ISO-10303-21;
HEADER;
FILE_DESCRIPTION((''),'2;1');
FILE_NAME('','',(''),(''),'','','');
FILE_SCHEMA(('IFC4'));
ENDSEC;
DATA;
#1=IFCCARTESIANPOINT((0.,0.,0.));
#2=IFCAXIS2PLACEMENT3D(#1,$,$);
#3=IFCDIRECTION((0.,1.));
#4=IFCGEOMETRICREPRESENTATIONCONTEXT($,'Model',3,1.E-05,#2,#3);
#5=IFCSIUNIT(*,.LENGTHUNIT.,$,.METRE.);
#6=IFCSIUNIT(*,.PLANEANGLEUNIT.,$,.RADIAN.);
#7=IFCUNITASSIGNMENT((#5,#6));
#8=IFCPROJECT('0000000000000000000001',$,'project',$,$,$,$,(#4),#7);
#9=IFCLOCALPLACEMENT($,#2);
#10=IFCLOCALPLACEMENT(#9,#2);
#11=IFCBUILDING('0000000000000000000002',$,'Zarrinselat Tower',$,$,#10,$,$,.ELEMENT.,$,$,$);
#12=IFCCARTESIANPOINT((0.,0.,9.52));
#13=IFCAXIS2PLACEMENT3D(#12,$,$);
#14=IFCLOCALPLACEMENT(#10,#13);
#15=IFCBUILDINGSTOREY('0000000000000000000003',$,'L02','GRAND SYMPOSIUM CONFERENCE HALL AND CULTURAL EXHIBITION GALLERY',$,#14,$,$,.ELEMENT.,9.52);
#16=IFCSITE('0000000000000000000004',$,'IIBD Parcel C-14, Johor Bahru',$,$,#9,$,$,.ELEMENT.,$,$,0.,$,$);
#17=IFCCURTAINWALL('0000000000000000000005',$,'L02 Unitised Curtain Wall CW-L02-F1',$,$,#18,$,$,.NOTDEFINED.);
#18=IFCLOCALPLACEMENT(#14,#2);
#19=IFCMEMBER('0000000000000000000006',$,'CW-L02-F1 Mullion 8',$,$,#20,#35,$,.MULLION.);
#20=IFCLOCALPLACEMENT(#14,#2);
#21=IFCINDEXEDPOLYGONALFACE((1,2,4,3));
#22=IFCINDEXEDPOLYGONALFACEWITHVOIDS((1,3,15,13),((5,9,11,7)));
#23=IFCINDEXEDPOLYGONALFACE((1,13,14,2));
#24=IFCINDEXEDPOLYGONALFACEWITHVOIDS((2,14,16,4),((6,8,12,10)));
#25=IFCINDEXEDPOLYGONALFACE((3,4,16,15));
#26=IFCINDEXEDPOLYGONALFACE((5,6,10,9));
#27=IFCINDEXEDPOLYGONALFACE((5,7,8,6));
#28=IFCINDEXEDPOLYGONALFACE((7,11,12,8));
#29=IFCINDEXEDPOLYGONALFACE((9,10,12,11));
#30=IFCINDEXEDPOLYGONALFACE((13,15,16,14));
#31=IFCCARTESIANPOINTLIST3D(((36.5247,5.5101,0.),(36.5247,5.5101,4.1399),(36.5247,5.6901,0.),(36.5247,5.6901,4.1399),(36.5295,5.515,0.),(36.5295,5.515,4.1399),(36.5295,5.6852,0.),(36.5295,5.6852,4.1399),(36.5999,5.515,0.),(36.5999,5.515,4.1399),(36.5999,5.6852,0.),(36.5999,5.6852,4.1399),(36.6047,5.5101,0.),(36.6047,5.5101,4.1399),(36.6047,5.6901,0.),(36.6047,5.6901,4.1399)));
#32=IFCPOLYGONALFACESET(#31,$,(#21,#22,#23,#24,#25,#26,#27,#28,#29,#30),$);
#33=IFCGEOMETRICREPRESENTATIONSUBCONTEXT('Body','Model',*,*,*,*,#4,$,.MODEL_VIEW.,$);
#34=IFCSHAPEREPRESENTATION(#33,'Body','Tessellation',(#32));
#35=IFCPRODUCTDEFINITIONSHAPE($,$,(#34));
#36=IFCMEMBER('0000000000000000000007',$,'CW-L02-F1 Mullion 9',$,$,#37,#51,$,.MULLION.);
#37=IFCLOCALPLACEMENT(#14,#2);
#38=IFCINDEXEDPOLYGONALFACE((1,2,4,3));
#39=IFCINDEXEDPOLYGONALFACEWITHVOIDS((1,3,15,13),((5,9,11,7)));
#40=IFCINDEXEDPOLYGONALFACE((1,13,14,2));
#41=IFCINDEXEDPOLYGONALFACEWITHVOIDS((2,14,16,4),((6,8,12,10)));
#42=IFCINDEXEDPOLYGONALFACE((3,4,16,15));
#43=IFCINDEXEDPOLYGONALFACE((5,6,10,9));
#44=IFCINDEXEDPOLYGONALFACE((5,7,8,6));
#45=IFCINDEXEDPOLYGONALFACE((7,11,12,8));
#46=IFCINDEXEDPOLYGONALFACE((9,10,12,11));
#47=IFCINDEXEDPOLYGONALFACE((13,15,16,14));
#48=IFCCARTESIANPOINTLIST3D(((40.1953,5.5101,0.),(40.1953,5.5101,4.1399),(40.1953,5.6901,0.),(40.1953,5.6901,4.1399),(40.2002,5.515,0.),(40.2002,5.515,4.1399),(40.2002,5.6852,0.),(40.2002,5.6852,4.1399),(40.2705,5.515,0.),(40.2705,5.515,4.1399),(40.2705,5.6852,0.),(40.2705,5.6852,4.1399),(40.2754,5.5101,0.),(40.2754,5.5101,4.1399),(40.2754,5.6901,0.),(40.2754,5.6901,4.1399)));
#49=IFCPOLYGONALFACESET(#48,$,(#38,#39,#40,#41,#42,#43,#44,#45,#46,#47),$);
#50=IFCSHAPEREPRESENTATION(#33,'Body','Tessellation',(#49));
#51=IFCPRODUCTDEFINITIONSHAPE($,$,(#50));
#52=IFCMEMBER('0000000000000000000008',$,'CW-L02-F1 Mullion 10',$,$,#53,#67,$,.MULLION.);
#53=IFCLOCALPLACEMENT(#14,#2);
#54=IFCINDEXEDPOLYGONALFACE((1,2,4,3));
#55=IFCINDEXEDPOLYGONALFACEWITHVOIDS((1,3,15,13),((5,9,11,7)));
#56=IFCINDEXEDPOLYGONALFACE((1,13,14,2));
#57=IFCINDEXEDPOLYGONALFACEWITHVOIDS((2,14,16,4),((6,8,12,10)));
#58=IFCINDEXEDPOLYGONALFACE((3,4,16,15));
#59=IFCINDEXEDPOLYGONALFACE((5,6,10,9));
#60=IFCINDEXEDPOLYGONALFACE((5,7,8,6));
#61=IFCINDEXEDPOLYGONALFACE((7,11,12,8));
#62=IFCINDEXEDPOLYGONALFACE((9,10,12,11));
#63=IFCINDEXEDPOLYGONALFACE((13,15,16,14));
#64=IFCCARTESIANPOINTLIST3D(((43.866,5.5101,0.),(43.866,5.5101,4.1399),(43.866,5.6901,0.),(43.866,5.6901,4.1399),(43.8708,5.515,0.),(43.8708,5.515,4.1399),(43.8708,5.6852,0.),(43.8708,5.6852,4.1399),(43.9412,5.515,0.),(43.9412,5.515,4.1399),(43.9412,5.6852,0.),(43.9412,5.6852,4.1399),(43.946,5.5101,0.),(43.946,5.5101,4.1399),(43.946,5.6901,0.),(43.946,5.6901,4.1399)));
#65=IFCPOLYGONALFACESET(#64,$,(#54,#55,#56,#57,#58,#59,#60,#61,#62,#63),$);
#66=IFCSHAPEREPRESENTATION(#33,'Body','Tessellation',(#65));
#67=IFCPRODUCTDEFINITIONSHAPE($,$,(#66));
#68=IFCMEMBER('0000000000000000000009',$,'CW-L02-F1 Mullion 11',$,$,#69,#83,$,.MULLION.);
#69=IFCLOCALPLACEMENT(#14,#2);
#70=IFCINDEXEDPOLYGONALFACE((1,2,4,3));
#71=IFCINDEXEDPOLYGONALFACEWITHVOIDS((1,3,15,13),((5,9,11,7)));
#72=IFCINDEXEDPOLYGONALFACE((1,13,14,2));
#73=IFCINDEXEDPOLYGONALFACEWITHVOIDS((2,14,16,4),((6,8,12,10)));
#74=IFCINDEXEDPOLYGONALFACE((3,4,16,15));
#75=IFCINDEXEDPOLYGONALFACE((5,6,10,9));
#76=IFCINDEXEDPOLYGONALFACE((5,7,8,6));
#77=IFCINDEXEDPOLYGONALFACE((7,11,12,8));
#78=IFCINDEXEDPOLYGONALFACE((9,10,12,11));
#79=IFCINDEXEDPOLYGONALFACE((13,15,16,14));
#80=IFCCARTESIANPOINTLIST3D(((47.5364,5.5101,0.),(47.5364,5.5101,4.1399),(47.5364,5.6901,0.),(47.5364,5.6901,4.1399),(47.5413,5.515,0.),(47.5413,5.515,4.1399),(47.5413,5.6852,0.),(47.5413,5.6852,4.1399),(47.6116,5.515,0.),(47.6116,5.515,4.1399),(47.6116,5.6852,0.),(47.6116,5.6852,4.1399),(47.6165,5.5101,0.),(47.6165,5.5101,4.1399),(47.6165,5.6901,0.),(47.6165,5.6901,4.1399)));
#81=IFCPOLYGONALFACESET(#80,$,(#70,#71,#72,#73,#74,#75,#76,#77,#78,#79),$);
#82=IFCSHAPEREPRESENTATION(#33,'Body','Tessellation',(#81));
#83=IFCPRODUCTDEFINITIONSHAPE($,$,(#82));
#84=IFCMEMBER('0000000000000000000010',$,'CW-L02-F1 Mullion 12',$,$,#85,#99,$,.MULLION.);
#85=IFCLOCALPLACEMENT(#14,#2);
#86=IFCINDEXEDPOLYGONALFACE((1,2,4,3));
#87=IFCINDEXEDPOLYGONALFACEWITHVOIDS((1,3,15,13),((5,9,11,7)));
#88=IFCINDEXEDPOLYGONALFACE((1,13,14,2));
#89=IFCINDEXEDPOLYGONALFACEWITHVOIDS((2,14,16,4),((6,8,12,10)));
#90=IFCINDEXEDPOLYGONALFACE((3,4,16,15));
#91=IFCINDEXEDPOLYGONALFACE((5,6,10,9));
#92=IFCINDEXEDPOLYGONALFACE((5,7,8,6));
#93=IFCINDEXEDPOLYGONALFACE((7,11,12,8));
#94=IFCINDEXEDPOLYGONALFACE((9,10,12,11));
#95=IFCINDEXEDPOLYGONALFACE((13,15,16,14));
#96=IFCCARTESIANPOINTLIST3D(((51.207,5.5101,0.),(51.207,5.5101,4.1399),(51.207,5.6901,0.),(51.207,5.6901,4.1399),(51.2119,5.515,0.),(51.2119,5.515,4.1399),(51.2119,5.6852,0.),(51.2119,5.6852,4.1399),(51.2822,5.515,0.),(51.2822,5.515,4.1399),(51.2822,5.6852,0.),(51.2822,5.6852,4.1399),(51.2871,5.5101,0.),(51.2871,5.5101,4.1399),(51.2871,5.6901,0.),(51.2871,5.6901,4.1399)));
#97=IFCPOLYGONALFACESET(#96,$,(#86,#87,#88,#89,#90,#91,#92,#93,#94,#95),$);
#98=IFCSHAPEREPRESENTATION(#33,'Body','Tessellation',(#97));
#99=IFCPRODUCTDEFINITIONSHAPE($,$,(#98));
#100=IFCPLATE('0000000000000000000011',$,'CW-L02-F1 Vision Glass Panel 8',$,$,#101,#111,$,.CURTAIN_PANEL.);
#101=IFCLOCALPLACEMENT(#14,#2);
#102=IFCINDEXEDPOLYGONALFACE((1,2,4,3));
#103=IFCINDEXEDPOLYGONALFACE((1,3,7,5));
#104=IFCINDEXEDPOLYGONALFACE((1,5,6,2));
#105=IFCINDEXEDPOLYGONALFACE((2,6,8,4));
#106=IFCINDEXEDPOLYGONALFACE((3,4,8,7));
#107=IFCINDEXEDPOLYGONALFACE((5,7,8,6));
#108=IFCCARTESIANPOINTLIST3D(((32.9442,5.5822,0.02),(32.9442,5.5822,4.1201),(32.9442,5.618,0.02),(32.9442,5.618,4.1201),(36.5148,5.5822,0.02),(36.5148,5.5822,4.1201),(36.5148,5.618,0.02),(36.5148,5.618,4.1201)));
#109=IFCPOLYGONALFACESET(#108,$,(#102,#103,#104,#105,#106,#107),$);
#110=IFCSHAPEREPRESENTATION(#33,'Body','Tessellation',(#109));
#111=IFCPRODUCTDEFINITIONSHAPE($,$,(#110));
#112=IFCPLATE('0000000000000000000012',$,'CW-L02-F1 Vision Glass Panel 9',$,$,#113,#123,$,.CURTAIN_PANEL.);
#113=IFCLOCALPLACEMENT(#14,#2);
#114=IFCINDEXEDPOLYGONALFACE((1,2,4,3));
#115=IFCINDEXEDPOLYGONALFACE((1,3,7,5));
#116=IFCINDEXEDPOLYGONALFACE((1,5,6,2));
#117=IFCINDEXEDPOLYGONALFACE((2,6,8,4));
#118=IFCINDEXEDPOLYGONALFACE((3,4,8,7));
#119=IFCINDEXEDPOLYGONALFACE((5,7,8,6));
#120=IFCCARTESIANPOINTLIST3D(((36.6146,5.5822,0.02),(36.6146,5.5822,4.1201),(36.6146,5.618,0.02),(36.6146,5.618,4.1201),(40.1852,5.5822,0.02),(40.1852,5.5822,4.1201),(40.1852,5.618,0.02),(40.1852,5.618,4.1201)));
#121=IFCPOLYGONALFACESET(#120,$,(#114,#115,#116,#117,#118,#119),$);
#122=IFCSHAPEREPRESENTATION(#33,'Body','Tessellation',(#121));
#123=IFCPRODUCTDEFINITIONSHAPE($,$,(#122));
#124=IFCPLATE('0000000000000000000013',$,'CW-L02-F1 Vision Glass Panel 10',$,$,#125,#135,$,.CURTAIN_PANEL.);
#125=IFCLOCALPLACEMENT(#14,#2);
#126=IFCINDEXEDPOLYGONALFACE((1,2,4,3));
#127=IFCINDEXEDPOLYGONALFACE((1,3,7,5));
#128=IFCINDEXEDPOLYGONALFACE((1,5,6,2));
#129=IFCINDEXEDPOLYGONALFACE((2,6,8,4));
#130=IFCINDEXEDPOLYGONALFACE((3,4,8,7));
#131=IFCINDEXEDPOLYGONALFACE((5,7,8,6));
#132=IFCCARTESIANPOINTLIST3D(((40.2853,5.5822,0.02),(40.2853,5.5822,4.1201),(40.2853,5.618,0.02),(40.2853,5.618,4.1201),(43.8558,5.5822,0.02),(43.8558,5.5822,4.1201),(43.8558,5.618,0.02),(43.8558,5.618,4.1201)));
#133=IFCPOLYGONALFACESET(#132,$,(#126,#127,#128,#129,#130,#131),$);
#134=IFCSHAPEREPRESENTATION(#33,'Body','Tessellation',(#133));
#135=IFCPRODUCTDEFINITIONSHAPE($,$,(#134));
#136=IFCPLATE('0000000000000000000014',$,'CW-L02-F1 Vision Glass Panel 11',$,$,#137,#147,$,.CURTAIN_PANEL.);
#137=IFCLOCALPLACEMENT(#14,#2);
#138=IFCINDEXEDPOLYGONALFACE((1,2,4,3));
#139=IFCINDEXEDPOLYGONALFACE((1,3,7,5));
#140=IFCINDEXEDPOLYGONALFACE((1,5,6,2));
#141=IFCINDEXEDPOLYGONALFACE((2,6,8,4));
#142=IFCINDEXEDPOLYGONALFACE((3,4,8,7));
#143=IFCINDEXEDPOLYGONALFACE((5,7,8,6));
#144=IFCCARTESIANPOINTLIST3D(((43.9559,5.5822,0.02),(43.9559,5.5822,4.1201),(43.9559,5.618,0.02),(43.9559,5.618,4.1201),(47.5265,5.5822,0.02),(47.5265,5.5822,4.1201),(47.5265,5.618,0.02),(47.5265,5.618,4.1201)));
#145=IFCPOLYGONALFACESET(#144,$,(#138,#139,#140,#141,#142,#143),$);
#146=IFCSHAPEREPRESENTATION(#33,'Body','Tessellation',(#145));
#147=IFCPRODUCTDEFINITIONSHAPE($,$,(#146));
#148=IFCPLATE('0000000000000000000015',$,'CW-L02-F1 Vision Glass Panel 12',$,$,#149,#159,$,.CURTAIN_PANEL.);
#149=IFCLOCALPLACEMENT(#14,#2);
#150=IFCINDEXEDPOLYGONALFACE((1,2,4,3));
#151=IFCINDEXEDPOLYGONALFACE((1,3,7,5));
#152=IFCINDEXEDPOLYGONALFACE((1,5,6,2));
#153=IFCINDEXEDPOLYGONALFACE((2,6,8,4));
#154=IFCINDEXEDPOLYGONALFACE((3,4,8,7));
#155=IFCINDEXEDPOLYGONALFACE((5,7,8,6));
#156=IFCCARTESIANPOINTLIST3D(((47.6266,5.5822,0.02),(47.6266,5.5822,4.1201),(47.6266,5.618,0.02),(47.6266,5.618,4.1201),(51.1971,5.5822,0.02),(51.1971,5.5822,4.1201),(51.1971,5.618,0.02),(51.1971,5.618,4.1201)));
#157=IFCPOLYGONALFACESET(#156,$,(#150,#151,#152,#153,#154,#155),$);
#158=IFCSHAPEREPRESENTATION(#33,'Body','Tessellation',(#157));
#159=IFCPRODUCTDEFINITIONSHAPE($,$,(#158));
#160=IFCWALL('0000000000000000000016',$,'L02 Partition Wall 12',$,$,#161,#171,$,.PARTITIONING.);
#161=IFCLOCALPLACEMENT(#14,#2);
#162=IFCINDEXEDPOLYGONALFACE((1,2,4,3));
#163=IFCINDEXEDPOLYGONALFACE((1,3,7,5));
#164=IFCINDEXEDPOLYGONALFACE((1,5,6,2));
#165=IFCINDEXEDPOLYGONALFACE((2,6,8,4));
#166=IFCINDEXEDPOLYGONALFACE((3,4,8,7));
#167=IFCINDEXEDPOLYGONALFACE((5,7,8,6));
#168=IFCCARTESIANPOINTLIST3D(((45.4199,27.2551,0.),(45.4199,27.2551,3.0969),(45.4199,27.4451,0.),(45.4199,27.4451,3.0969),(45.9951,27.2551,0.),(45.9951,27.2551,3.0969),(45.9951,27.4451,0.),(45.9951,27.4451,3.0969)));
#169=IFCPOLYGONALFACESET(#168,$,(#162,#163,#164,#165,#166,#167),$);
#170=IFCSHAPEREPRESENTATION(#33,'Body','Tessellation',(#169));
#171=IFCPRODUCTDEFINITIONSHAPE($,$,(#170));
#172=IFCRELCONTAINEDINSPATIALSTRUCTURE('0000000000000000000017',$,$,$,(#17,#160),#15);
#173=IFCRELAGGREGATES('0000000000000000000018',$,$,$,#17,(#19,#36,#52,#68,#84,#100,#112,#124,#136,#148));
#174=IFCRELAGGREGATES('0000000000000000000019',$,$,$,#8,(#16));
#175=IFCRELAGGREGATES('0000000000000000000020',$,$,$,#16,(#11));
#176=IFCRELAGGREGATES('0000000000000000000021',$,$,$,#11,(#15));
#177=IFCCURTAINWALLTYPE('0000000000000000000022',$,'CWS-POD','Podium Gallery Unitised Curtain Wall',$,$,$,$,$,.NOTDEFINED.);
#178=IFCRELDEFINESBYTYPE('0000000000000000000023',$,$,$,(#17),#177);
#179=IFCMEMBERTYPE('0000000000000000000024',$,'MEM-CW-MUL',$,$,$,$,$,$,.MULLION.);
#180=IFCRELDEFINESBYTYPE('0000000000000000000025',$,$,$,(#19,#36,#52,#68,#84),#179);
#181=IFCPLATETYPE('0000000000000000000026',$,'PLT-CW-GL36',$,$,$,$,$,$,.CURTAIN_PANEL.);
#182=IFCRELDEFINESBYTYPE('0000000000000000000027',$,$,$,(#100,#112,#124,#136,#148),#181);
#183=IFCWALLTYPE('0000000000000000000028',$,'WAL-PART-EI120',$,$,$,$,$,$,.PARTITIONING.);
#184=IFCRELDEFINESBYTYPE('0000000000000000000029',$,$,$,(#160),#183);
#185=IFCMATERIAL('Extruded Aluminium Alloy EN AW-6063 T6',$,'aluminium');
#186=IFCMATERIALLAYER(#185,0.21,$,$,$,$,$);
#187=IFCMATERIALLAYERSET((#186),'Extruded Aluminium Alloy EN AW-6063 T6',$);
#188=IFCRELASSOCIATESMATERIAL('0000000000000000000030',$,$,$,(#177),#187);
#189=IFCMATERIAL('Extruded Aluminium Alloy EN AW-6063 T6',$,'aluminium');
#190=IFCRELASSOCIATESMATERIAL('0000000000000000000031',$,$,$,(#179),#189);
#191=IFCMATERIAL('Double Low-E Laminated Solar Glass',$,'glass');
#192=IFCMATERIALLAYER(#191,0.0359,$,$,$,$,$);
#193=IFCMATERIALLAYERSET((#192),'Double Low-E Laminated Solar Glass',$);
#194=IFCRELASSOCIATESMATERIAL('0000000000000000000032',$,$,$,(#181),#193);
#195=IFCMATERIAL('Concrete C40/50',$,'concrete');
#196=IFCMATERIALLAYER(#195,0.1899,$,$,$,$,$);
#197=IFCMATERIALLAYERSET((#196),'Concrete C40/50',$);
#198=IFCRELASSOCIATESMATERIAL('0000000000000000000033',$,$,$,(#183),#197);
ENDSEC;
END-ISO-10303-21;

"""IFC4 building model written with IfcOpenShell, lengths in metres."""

from ifc_helpers import new_model, si_unit, direction, frame, frame_2d, origin, origin_2d, place, context, subcontext, project, spatial, rectangle, hollow_rectangle, extrude, material, layer, layer_set, material_profile, profile_set, type_object, element, aggregate, save


model = new_model("IFC4")

# Units and contexts
model_context = context("Model", 3, precision=1e-05, world=origin(), true_north=direction((0.0, 1.0)))
body_context = subcontext(model_context, "Body", "Model", "MODEL_VIEW")
ifc_project = project(units=[si_unit("LENGTHUNIT", "METRE"), si_unit("PLANEANGLEUNIT", "RADIAN")], contexts=[model_context])

# Site, building, storey
site_placement = place(None, origin())
site = spatial("IfcSite", under=ifc_project, at=site_placement, Name="IIBD Parcel C-14, Johor Bahru", CompositionType="ELEMENT", RefElevation=0.0)
building_placement = place(site_placement, origin())
building = spatial("IfcBuilding", under=site, at=building_placement, Name="Zarrinselat Tower", CompositionType="ELEMENT")
storey_placement = place(building_placement, frame((0.0, 0.0, 9.52)))
storey = spatial("IfcBuildingStorey", under=building, at=storey_placement, Name="L02", Description="GRAND SYMPOSIUM CONFERENCE HALL AND CULTURAL EXHIBITION GALLERY", CompositionType="ELEMENT", Elevation=9.52)

# Curtain wall, members, plates
ifc_material_1 = material(Name="Extruded Aluminium Alloy EN AW-6063 T6", Category="aluminium")
ifc_layer_1 = layer(ifc_material_1, 0.21)
ifc_layer_set_1 = layer_set([ifc_layer_1], Name="Extruded Aluminium Alloy EN AW-6063 T6")
curtain_wall_type = type_object("IfcCurtainWallType", Name="CWS-POD", Description="Podium Gallery Unitised Curtain Wall", PredefinedType="NOTDEFINED", material=ifc_layer_set_1)
curtain_wall_placement = place(storey_placement, origin())
curtain_wall = element("IfcCurtainWall", 1, at=curtain_wall_placement, inside=storey, type_object=curtain_wall_type, Name="L02 Unitised Curtain Wall CW-L02-F1", PredefinedType="NOTDEFINED")
ifc_material_2 = material(Name="Extruded Aluminium Alloy EN AW-6063 T6", Category="aluminium")
ifc_material_profile_1 = material_profile(ifc_material_2, hollow_rectangle(XDim=0.0801, YDim=0.1799, WallThickness=0.0049, at=origin_2d()), Name="RHS 180x80x5")
ifc_profile_set_1 = profile_set([ifc_material_profile_1], Name="Extruded Aluminium Alloy EN AW-6063 T6")
member_type = type_object("IfcMemberType", Name="MEM-CW-MUL", PredefinedType="MULLION", material=ifc_profile_set_1)
member_1_placement = place(storey_placement, frame((36.5647, 5.6001, 0.0), z_axis=(0.0, 0.0, 1.0), x_axis=(1.0, 0.0, 0.0)))
member_1 = element("IfcMember", 2, at=member_1_placement, type_object=member_type, Name="CW-L02-F1 Mullion 8", PredefinedType="MULLION", context=body_context, shape_type="SweptSolid", body=[
    extrude(hollow_rectangle(XDim=0.0801, YDim=0.1799, WallThickness=0.0049, at=origin_2d()), origin(), (0.0, 0.0, 1.0), 4.1399),
])
member_2_placement = place(storey_placement, frame((40.2354, 5.6001, 0.0), z_axis=(0.0, 0.0, 1.0), x_axis=(1.0, 0.0, 0.0)))
member_2 = element("IfcMember", 3, at=member_2_placement, type_object=member_type, Name="CW-L02-F1 Mullion 9", PredefinedType="MULLION", context=body_context, shape_type="SweptSolid", body=[
    extrude(hollow_rectangle(XDim=0.0801, YDim=0.1799, WallThickness=0.0049, at=origin_2d()), origin(), (0.0, 0.0, 1.0), 4.1399),
])
member_3_placement = place(storey_placement, frame((43.906, 5.6001, 0.0), z_axis=(0.0, 0.0, 1.0), x_axis=(1.0, 0.0, 0.0)))
member_3 = element("IfcMember", 4, at=member_3_placement, type_object=member_type, Name="CW-L02-F1 Mullion 10", PredefinedType="MULLION", context=body_context, shape_type="SweptSolid", body=[
    extrude(hollow_rectangle(XDim=0.0801, YDim=0.1799, WallThickness=0.0049, at=origin_2d()), origin(), (0.0, 0.0, 1.0), 4.1399),
])
member_4_placement = place(storey_placement, frame((47.5764, 5.6001, 0.0), z_axis=(0.0, 0.0, 1.0), x_axis=(1.0, 0.0, 0.0)))
member_4 = element("IfcMember", 5, at=member_4_placement, type_object=member_type, Name="CW-L02-F1 Mullion 11", PredefinedType="MULLION", context=body_context, shape_type="SweptSolid", body=[
    extrude(hollow_rectangle(XDim=0.0801, YDim=0.1799, WallThickness=0.0049, at=origin_2d()), origin(), (0.0, 0.0, 1.0), 4.1399),
])
member_5_placement = place(storey_placement, frame((51.2471, 5.6001, 0.0), z_axis=(0.0, 0.0, 1.0), x_axis=(1.0, 0.0, 0.0)))
member_5 = element("IfcMember", 6, at=member_5_placement, type_object=member_type, Name="CW-L02-F1 Mullion 12", PredefinedType="MULLION", context=body_context, shape_type="SweptSolid", body=[
    extrude(hollow_rectangle(XDim=0.0801, YDim=0.1799, WallThickness=0.0049, at=origin_2d()), origin(), (0.0, 0.0, 1.0), 4.1399),
])
ifc_material_3 = material(Name="Double Low-E Laminated Solar Glass", Category="glass")
ifc_layer_2 = layer(ifc_material_3, 0.0359)
ifc_layer_set_2 = layer_set([ifc_layer_2], Name="Double Low-E Laminated Solar Glass")
plate_type = type_object("IfcPlateType", Name="PLT-CW-GL36", PredefinedType="CURTAIN_PANEL", material=ifc_layer_set_2)
plate_1_placement = place(storey_placement, frame((34.7295, 5.6001, 0.02), z_axis=(0.0, 0.0, 1.0), x_axis=(1.0, 0.0, 0.0)))
plate_1 = element("IfcPlate", 7, at=plate_1_placement, type_object=plate_type, Name="CW-L02-F1 Vision Glass Panel 8", PredefinedType="CURTAIN_PANEL", context=body_context, shape_type="SweptSolid", body=[
    extrude(rectangle(XDim=3.5706, YDim=0.0359, at=origin_2d()), origin(), (0.0, 0.0, 1.0), 4.1001),
])
plate_2_placement = place(storey_placement, frame((38.3999, 5.6001, 0.02), z_axis=(0.0, 0.0, 1.0), x_axis=(1.0, 0.0, 0.0)))
plate_2 = element("IfcPlate", 8, at=plate_2_placement, type_object=plate_type, Name="CW-L02-F1 Vision Glass Panel 9", PredefinedType="CURTAIN_PANEL", context=body_context, shape_type="SweptSolid", body=[
    extrude(rectangle(XDim=3.5706, YDim=0.0359, at=origin_2d()), origin(), (0.0, 0.0, 1.0), 4.1001),
])
plate_3_placement = place(storey_placement, frame((42.0706, 5.6001, 0.02), z_axis=(0.0, 0.0, 1.0), x_axis=(1.0, 0.0, 0.0)))
plate_3 = element("IfcPlate", 9, at=plate_3_placement, type_object=plate_type, Name="CW-L02-F1 Vision Glass Panel 10", PredefinedType="CURTAIN_PANEL", context=body_context, shape_type="SweptSolid", body=[
    extrude(rectangle(XDim=3.5706, YDim=0.0359, at=origin_2d()), origin(), (0.0, 0.0, 1.0), 4.1001),
])
plate_4_placement = place(storey_placement, frame((45.7412, 5.6001, 0.02), z_axis=(0.0, 0.0, 1.0), x_axis=(1.0, 0.0, 0.0)))
plate_4 = element("IfcPlate", 10, at=plate_4_placement, type_object=plate_type, Name="CW-L02-F1 Vision Glass Panel 11", PredefinedType="CURTAIN_PANEL", context=body_context, shape_type="SweptSolid", body=[
    extrude(rectangle(XDim=3.5706, YDim=0.0359, at=origin_2d()), origin(), (0.0, 0.0, 1.0), 4.1001),
])
plate_5_placement = place(storey_placement, frame((49.4119, 5.6001, 0.02), z_axis=(0.0, 0.0, 1.0), x_axis=(1.0, 0.0, 0.0)))
plate_5 = element("IfcPlate", 11, at=plate_5_placement, type_object=plate_type, Name="CW-L02-F1 Vision Glass Panel 12", PredefinedType="CURTAIN_PANEL", context=body_context, shape_type="SweptSolid", body=[
    extrude(rectangle(XDim=3.5706, YDim=0.0359, at=origin_2d()), origin(), (0.0, 0.0, 1.0), 4.1001),
])
aggregate(curtain_wall, [member_1, member_2, member_3, member_4, member_5, plate_1, plate_2, plate_3, plate_4, plate_5])

# Wall
ifc_material_4 = material(Name="Concrete C40/50", Category="concrete")
ifc_layer_3 = layer(ifc_material_4, 0.1899)
ifc_layer_set_3 = layer_set([ifc_layer_3], Name="Concrete C40/50")
wall_type_1 = type_object("IfcWallType", Name="WAL-PART-EI120", PredefinedType="PARTITIONING", material=ifc_layer_set_3)
wall_1_placement = place(storey_placement, frame((45.4199, 27.3501, 0.0), z_axis=(0.0, 0.0, 1.0), x_axis=(1.0, 0.0, 0.0)))
element("IfcWall", 12, at=wall_1_placement, inside=storey, type_object=wall_type_1, Name="L02 Partition Wall 12", PredefinedType="PARTITIONING", context=body_context, shape_type="SweptSolid", body=[
    extrude(rectangle(XDim=0.5752, YDim=0.1899, at=frame_2d((0.2876, 0.0))), origin(), (0.0, 0.0, 1.0), 3.0969),
])

save(model, "model.ifc")
